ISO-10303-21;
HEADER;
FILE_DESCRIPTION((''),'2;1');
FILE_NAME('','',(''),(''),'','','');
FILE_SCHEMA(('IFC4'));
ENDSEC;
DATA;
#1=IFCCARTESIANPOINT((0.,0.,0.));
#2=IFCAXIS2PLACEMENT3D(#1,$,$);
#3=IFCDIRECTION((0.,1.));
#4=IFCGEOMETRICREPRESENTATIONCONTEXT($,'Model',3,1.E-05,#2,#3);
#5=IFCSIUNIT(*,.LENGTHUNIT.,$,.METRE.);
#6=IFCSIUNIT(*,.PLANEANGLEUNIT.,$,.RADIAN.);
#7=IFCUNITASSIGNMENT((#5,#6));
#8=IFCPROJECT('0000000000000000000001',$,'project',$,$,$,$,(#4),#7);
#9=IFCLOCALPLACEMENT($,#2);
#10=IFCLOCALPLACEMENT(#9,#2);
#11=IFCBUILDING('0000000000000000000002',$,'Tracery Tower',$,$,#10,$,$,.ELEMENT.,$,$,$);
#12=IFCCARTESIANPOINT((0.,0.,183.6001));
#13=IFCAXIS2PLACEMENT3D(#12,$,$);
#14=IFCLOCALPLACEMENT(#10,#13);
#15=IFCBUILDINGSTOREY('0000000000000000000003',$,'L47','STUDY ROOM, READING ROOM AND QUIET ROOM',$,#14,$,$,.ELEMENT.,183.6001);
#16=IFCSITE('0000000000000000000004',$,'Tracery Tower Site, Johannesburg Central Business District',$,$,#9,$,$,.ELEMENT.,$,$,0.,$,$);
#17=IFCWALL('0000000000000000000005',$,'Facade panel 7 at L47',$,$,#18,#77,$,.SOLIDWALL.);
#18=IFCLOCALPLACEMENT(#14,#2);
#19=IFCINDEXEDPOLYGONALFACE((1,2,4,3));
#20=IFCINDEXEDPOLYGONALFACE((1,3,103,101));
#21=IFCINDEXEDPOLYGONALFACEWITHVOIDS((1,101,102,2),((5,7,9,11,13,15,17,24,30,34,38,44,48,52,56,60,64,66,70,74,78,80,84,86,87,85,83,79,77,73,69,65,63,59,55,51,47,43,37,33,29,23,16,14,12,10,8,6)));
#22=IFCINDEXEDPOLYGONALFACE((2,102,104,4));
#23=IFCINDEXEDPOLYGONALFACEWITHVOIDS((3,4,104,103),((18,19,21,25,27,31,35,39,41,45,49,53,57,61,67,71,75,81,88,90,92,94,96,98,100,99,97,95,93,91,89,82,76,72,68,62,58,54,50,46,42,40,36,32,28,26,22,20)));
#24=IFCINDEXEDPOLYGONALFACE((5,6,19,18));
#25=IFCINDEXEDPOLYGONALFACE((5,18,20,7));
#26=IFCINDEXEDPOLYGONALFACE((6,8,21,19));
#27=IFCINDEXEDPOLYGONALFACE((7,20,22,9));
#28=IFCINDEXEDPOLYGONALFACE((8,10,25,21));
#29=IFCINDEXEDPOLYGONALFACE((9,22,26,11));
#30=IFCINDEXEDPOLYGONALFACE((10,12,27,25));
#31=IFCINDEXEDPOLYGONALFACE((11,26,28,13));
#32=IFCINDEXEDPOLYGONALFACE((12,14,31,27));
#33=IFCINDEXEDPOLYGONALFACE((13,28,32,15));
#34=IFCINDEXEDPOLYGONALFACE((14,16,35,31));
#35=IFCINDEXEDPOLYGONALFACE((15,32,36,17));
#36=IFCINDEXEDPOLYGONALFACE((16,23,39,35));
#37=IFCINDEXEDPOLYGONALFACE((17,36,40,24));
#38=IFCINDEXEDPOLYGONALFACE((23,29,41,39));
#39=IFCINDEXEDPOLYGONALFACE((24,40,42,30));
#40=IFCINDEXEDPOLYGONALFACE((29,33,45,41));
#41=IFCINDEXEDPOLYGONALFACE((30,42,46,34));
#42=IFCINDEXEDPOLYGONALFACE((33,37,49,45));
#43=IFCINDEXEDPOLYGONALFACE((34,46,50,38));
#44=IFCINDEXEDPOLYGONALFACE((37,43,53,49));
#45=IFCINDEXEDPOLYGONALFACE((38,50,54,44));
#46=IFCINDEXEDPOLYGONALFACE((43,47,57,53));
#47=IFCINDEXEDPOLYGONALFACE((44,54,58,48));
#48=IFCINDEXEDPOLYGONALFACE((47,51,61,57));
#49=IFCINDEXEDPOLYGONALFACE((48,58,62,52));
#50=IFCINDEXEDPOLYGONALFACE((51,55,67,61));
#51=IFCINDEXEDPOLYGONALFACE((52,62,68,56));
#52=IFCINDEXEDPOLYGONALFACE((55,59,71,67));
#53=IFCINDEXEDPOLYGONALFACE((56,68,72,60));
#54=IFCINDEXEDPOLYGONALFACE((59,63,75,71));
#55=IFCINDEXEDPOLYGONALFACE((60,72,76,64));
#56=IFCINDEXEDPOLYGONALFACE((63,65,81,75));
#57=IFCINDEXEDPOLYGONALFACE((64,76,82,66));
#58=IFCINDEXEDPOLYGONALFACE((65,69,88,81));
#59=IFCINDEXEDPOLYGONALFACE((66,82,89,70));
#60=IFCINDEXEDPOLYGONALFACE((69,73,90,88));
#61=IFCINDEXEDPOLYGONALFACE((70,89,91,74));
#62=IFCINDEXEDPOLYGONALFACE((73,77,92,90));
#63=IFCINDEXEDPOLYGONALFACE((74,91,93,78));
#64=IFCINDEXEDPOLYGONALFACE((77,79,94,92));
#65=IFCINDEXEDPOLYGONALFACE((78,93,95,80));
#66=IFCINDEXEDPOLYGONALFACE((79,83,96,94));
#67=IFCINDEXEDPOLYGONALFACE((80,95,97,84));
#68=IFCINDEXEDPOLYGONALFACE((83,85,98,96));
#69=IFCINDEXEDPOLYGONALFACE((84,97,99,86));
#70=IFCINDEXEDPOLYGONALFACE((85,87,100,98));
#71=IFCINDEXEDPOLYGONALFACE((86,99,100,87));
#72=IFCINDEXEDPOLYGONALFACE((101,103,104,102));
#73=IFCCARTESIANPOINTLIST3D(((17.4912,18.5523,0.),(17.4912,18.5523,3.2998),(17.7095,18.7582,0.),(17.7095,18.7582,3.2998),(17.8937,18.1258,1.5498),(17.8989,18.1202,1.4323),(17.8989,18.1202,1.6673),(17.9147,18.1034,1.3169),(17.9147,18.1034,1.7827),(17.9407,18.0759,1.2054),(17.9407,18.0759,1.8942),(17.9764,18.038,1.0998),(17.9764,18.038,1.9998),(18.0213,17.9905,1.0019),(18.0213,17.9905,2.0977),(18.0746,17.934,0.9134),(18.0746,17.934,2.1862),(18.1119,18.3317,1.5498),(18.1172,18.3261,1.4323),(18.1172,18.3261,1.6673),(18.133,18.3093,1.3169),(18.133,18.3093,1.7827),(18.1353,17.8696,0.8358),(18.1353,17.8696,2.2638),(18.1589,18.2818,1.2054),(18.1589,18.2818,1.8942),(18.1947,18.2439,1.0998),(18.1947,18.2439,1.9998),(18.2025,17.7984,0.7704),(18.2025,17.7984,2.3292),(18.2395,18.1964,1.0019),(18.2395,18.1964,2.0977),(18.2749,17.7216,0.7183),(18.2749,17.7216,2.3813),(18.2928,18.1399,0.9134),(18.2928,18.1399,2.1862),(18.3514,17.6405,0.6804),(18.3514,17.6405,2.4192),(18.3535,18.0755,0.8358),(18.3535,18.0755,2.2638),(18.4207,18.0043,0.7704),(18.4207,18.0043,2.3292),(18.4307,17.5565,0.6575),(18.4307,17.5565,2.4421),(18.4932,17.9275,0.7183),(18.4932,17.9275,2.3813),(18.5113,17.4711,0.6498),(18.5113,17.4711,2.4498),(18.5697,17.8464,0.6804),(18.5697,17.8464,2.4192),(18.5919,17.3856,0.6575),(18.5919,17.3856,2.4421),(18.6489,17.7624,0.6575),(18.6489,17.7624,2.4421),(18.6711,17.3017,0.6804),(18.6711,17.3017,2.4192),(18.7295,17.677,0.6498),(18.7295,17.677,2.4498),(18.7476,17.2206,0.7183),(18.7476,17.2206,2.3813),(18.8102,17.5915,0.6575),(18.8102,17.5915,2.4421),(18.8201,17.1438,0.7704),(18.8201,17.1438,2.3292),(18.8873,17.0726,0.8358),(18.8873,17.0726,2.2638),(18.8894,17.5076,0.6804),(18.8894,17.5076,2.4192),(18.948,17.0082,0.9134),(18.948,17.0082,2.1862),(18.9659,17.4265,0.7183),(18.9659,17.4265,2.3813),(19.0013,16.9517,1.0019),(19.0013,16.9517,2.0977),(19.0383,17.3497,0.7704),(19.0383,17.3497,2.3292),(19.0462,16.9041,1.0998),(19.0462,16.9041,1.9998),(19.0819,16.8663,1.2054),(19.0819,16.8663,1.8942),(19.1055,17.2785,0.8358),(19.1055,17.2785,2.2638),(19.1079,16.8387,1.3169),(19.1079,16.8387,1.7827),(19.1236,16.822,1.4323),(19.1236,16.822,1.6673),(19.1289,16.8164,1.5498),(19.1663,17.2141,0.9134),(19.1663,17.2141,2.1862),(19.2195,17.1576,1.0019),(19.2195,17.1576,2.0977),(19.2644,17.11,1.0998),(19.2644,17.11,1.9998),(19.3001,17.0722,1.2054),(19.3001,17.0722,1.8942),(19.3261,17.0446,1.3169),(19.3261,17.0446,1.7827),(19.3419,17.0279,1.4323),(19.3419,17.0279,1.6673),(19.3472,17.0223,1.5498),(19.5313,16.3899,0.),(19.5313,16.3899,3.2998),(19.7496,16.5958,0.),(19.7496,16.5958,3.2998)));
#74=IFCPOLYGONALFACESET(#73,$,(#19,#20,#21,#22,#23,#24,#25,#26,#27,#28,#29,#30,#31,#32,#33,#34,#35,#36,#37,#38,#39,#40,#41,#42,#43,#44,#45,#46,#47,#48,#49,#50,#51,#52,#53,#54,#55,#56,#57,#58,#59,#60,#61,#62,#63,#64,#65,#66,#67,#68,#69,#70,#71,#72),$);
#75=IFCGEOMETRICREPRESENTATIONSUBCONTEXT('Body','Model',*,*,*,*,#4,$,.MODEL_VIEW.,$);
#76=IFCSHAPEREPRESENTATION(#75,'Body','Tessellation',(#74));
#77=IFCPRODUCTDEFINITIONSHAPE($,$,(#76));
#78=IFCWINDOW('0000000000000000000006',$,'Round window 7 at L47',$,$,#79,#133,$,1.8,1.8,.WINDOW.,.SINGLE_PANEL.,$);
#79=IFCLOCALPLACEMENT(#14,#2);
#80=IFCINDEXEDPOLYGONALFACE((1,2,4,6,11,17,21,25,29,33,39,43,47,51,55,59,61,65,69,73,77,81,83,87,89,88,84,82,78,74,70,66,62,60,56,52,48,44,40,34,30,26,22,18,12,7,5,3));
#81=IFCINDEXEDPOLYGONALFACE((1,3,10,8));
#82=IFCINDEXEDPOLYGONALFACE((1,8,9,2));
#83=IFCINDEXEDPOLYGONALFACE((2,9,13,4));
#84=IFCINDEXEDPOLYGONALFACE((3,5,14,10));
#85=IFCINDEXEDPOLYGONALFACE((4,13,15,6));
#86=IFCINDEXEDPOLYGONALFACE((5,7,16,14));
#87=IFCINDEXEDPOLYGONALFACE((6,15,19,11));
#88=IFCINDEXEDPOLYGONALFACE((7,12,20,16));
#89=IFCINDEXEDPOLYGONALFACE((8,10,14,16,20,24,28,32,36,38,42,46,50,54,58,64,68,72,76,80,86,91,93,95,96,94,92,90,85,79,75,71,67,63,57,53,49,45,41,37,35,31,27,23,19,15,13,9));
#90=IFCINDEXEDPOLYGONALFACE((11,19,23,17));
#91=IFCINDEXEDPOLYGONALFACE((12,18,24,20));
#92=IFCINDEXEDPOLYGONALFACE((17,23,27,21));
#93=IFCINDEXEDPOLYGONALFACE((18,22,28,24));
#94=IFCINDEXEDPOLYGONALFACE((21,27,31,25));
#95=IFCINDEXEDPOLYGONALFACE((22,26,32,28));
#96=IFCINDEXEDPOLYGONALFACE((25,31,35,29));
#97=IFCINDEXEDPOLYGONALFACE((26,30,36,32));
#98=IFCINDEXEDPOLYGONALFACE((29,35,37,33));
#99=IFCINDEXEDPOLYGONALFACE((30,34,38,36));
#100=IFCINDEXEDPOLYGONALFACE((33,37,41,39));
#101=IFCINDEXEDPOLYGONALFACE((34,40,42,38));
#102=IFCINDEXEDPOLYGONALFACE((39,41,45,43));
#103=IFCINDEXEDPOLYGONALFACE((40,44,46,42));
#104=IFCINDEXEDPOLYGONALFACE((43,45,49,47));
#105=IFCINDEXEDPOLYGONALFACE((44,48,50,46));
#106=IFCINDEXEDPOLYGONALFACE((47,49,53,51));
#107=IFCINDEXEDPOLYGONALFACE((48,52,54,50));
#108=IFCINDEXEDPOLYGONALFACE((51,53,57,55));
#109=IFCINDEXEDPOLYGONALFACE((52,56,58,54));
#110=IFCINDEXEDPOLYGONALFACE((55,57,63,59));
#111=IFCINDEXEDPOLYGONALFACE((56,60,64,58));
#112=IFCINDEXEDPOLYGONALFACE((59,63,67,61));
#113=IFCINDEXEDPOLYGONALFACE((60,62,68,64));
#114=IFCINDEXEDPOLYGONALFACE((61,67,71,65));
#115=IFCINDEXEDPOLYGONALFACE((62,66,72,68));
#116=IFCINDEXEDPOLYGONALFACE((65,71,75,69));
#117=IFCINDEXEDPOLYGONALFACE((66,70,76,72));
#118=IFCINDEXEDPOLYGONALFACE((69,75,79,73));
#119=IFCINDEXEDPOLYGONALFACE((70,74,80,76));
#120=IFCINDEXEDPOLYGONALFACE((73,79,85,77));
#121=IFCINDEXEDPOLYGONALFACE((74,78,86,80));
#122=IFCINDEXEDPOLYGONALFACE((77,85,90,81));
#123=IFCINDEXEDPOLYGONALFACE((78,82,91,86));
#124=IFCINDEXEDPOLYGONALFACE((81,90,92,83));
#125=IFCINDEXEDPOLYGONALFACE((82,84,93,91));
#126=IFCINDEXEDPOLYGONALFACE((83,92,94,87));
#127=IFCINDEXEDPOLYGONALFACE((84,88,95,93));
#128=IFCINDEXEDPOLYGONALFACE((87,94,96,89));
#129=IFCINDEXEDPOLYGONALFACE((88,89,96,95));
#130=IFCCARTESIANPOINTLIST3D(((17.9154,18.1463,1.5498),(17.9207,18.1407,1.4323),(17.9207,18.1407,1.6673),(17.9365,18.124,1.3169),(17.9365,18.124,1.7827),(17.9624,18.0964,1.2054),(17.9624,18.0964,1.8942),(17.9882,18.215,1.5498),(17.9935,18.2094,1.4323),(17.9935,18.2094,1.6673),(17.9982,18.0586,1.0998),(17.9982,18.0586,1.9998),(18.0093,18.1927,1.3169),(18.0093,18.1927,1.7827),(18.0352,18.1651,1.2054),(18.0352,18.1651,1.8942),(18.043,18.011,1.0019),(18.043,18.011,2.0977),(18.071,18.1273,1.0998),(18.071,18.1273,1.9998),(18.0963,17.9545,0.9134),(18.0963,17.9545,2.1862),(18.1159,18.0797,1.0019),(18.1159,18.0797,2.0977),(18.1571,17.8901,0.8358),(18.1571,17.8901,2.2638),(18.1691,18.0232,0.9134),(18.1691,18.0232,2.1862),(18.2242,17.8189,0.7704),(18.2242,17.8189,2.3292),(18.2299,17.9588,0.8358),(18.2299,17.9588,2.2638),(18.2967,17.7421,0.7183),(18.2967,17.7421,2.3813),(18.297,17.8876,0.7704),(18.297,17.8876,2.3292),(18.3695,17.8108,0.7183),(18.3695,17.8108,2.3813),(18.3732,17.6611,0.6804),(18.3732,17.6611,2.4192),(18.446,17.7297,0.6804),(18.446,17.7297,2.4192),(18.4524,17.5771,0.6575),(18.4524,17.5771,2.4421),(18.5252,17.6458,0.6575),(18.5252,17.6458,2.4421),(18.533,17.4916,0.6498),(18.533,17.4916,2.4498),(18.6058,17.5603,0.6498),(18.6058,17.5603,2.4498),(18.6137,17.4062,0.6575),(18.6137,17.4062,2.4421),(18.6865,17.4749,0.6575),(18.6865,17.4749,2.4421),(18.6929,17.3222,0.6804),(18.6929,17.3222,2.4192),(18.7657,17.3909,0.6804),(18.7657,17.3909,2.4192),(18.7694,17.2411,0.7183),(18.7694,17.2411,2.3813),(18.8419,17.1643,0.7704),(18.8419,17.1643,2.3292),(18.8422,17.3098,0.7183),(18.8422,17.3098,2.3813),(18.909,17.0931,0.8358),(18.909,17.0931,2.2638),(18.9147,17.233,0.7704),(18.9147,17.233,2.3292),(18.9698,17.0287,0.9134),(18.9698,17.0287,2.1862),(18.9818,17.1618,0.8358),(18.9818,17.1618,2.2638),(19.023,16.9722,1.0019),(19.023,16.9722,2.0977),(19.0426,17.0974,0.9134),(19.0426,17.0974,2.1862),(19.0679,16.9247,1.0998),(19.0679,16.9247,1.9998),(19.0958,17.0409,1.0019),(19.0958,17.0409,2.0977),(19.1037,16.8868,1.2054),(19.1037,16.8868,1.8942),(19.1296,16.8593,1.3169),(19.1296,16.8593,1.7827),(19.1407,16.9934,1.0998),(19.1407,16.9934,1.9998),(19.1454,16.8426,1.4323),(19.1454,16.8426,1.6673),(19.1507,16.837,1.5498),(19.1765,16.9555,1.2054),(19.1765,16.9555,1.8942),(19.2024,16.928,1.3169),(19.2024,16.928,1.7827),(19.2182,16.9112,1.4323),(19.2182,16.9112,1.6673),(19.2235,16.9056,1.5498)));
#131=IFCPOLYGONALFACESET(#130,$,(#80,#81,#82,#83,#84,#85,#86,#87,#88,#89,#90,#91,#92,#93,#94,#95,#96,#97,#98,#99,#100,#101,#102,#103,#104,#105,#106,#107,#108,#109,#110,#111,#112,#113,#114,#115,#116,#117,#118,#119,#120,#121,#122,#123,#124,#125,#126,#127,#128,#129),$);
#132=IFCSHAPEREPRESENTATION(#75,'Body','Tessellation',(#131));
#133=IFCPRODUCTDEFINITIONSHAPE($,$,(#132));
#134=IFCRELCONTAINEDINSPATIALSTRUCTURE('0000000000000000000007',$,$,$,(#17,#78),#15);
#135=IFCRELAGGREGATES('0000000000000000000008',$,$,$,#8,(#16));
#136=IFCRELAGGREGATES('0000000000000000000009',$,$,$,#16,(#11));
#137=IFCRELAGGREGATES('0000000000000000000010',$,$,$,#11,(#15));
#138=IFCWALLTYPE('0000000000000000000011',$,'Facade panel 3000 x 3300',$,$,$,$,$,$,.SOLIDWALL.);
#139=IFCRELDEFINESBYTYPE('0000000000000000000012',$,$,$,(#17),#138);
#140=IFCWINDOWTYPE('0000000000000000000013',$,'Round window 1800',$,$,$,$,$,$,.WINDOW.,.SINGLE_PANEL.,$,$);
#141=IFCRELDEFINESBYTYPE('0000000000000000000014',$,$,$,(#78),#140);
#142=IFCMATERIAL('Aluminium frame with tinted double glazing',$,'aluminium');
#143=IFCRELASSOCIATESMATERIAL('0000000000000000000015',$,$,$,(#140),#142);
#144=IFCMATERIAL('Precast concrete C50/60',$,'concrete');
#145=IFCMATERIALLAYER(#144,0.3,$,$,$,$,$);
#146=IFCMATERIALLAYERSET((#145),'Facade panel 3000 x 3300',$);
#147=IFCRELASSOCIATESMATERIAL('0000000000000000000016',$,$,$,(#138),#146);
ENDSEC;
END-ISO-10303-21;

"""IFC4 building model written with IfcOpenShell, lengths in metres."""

from ifc_helpers import new_model, si_unit, direction, frame, frame_2d, origin, origin_2d, place, context, subcontext, project, spatial, rectangle, circle, extrude, material, layer, layer_set, type_object, element, fill, save


model = new_model("IFC4")

# Units and contexts
model_context = context("Model", 3, precision=1e-05, world=origin(), true_north=direction((0.0, 1.0)))
body_context = subcontext(model_context, "Body", "Model", "MODEL_VIEW")
ifc_project = project(units=[si_unit("LENGTHUNIT", "METRE"), si_unit("PLANEANGLEUNIT", "RADIAN")], contexts=[model_context])

# Site, building, storey
site_placement = place(None, origin())
site = spatial("IfcSite", under=ifc_project, at=site_placement, Name="Tracery Tower Site, Johannesburg Central Business District", CompositionType="ELEMENT", RefElevation=0.0)
building_placement = place(site_placement, origin())
building = spatial("IfcBuilding", under=site, at=building_placement, Name="Tracery Tower", CompositionType="ELEMENT")
storey_placement = place(building_placement, frame((0.0, 0.0, 183.6001)))
storey = spatial("IfcBuildingStorey", under=building, at=storey_placement, Name="L47", Description="STUDY ROOM, READING ROOM AND QUIET ROOM", CompositionType="ELEMENT", Elevation=183.6001)

# Wall, opening, window
ifc_material_1 = material(Name="Aluminium frame with tinted double glazing", Category="aluminium")
window_type = type_object("IfcWindowType", Name="Round window 1800", PartitioningType="SINGLE_PANEL", PredefinedType="WINDOW", material=ifc_material_1)
ifc_material_2 = material(Name="Precast concrete C50/60", Category="concrete")
ifc_layer_1 = layer(ifc_material_2, 0.3)
ifc_layer_set_1 = layer_set([ifc_layer_1], Name="Facade panel 3000 x 3300")
wall_type_1 = type_object("IfcWallType", Name="Facade panel 3000 x 3300", PredefinedType="SOLIDWALL", material=ifc_layer_set_1)
wall_1_placement = place(storey_placement, frame((19.6404, 16.4929, 0.0), z_axis=(0.0, 0.0, 1.0), x_axis=(-0.686235, 0.72738, 0.0)))
wall_1 = element("IfcWall", 1, at=wall_1_placement, inside=storey, type_object=wall_type_1, Name="Facade panel 7 at L47", PredefinedType="SOLIDWALL", context=body_context, shape_type="SweptSolid", body=[
    extrude(rectangle(XDim=2.9729, YDim=0.3, at=frame_2d((1.4863, 0.0))), origin(), (0.0, 0.0, 1.0), 3.2998),
])
opening_1_placement = place(wall_1_placement, frame((1.4863, 0.0, 1.5498)))
opening_1 = element("IfcOpeningElement", 2, at=opening_1_placement, cuts=wall_1, PredefinedType="OPENING", context=body_context, shape_type="SweptSolid", body=[
    extrude(circle(Radius=0.9, at=origin_2d()), frame((0.0, 0.1599, 0.0), z_axis=(0.0, -1.0, 0.0), x_axis=(1.0, 0.0, 0.0)), (0.0, 0.0, 1.0), 0.3201),
])
window_1_placement = place(opening_1_placement, origin())
window_1 = element("IfcWindow", 3, at=window_1_placement, inside=storey, type_object=window_type, Name="Round window 7 at L47", OverallHeight=1.8, OverallWidth=1.8, PartitioningType="SINGLE_PANEL", PredefinedType="WINDOW", context=body_context, shape_type="SweptSolid", body=[
    extrude(circle(Radius=0.9, at=origin_2d()), frame((0.0, 0.1201, 0.0), z_axis=(0.0, -1.0, 0.0), x_axis=(1.0, 0.0, 0.0)), (0.0, 0.0, 1.0), 0.1001),
])
fill(opening_1, window_1)

save(model, "model.ifc")
